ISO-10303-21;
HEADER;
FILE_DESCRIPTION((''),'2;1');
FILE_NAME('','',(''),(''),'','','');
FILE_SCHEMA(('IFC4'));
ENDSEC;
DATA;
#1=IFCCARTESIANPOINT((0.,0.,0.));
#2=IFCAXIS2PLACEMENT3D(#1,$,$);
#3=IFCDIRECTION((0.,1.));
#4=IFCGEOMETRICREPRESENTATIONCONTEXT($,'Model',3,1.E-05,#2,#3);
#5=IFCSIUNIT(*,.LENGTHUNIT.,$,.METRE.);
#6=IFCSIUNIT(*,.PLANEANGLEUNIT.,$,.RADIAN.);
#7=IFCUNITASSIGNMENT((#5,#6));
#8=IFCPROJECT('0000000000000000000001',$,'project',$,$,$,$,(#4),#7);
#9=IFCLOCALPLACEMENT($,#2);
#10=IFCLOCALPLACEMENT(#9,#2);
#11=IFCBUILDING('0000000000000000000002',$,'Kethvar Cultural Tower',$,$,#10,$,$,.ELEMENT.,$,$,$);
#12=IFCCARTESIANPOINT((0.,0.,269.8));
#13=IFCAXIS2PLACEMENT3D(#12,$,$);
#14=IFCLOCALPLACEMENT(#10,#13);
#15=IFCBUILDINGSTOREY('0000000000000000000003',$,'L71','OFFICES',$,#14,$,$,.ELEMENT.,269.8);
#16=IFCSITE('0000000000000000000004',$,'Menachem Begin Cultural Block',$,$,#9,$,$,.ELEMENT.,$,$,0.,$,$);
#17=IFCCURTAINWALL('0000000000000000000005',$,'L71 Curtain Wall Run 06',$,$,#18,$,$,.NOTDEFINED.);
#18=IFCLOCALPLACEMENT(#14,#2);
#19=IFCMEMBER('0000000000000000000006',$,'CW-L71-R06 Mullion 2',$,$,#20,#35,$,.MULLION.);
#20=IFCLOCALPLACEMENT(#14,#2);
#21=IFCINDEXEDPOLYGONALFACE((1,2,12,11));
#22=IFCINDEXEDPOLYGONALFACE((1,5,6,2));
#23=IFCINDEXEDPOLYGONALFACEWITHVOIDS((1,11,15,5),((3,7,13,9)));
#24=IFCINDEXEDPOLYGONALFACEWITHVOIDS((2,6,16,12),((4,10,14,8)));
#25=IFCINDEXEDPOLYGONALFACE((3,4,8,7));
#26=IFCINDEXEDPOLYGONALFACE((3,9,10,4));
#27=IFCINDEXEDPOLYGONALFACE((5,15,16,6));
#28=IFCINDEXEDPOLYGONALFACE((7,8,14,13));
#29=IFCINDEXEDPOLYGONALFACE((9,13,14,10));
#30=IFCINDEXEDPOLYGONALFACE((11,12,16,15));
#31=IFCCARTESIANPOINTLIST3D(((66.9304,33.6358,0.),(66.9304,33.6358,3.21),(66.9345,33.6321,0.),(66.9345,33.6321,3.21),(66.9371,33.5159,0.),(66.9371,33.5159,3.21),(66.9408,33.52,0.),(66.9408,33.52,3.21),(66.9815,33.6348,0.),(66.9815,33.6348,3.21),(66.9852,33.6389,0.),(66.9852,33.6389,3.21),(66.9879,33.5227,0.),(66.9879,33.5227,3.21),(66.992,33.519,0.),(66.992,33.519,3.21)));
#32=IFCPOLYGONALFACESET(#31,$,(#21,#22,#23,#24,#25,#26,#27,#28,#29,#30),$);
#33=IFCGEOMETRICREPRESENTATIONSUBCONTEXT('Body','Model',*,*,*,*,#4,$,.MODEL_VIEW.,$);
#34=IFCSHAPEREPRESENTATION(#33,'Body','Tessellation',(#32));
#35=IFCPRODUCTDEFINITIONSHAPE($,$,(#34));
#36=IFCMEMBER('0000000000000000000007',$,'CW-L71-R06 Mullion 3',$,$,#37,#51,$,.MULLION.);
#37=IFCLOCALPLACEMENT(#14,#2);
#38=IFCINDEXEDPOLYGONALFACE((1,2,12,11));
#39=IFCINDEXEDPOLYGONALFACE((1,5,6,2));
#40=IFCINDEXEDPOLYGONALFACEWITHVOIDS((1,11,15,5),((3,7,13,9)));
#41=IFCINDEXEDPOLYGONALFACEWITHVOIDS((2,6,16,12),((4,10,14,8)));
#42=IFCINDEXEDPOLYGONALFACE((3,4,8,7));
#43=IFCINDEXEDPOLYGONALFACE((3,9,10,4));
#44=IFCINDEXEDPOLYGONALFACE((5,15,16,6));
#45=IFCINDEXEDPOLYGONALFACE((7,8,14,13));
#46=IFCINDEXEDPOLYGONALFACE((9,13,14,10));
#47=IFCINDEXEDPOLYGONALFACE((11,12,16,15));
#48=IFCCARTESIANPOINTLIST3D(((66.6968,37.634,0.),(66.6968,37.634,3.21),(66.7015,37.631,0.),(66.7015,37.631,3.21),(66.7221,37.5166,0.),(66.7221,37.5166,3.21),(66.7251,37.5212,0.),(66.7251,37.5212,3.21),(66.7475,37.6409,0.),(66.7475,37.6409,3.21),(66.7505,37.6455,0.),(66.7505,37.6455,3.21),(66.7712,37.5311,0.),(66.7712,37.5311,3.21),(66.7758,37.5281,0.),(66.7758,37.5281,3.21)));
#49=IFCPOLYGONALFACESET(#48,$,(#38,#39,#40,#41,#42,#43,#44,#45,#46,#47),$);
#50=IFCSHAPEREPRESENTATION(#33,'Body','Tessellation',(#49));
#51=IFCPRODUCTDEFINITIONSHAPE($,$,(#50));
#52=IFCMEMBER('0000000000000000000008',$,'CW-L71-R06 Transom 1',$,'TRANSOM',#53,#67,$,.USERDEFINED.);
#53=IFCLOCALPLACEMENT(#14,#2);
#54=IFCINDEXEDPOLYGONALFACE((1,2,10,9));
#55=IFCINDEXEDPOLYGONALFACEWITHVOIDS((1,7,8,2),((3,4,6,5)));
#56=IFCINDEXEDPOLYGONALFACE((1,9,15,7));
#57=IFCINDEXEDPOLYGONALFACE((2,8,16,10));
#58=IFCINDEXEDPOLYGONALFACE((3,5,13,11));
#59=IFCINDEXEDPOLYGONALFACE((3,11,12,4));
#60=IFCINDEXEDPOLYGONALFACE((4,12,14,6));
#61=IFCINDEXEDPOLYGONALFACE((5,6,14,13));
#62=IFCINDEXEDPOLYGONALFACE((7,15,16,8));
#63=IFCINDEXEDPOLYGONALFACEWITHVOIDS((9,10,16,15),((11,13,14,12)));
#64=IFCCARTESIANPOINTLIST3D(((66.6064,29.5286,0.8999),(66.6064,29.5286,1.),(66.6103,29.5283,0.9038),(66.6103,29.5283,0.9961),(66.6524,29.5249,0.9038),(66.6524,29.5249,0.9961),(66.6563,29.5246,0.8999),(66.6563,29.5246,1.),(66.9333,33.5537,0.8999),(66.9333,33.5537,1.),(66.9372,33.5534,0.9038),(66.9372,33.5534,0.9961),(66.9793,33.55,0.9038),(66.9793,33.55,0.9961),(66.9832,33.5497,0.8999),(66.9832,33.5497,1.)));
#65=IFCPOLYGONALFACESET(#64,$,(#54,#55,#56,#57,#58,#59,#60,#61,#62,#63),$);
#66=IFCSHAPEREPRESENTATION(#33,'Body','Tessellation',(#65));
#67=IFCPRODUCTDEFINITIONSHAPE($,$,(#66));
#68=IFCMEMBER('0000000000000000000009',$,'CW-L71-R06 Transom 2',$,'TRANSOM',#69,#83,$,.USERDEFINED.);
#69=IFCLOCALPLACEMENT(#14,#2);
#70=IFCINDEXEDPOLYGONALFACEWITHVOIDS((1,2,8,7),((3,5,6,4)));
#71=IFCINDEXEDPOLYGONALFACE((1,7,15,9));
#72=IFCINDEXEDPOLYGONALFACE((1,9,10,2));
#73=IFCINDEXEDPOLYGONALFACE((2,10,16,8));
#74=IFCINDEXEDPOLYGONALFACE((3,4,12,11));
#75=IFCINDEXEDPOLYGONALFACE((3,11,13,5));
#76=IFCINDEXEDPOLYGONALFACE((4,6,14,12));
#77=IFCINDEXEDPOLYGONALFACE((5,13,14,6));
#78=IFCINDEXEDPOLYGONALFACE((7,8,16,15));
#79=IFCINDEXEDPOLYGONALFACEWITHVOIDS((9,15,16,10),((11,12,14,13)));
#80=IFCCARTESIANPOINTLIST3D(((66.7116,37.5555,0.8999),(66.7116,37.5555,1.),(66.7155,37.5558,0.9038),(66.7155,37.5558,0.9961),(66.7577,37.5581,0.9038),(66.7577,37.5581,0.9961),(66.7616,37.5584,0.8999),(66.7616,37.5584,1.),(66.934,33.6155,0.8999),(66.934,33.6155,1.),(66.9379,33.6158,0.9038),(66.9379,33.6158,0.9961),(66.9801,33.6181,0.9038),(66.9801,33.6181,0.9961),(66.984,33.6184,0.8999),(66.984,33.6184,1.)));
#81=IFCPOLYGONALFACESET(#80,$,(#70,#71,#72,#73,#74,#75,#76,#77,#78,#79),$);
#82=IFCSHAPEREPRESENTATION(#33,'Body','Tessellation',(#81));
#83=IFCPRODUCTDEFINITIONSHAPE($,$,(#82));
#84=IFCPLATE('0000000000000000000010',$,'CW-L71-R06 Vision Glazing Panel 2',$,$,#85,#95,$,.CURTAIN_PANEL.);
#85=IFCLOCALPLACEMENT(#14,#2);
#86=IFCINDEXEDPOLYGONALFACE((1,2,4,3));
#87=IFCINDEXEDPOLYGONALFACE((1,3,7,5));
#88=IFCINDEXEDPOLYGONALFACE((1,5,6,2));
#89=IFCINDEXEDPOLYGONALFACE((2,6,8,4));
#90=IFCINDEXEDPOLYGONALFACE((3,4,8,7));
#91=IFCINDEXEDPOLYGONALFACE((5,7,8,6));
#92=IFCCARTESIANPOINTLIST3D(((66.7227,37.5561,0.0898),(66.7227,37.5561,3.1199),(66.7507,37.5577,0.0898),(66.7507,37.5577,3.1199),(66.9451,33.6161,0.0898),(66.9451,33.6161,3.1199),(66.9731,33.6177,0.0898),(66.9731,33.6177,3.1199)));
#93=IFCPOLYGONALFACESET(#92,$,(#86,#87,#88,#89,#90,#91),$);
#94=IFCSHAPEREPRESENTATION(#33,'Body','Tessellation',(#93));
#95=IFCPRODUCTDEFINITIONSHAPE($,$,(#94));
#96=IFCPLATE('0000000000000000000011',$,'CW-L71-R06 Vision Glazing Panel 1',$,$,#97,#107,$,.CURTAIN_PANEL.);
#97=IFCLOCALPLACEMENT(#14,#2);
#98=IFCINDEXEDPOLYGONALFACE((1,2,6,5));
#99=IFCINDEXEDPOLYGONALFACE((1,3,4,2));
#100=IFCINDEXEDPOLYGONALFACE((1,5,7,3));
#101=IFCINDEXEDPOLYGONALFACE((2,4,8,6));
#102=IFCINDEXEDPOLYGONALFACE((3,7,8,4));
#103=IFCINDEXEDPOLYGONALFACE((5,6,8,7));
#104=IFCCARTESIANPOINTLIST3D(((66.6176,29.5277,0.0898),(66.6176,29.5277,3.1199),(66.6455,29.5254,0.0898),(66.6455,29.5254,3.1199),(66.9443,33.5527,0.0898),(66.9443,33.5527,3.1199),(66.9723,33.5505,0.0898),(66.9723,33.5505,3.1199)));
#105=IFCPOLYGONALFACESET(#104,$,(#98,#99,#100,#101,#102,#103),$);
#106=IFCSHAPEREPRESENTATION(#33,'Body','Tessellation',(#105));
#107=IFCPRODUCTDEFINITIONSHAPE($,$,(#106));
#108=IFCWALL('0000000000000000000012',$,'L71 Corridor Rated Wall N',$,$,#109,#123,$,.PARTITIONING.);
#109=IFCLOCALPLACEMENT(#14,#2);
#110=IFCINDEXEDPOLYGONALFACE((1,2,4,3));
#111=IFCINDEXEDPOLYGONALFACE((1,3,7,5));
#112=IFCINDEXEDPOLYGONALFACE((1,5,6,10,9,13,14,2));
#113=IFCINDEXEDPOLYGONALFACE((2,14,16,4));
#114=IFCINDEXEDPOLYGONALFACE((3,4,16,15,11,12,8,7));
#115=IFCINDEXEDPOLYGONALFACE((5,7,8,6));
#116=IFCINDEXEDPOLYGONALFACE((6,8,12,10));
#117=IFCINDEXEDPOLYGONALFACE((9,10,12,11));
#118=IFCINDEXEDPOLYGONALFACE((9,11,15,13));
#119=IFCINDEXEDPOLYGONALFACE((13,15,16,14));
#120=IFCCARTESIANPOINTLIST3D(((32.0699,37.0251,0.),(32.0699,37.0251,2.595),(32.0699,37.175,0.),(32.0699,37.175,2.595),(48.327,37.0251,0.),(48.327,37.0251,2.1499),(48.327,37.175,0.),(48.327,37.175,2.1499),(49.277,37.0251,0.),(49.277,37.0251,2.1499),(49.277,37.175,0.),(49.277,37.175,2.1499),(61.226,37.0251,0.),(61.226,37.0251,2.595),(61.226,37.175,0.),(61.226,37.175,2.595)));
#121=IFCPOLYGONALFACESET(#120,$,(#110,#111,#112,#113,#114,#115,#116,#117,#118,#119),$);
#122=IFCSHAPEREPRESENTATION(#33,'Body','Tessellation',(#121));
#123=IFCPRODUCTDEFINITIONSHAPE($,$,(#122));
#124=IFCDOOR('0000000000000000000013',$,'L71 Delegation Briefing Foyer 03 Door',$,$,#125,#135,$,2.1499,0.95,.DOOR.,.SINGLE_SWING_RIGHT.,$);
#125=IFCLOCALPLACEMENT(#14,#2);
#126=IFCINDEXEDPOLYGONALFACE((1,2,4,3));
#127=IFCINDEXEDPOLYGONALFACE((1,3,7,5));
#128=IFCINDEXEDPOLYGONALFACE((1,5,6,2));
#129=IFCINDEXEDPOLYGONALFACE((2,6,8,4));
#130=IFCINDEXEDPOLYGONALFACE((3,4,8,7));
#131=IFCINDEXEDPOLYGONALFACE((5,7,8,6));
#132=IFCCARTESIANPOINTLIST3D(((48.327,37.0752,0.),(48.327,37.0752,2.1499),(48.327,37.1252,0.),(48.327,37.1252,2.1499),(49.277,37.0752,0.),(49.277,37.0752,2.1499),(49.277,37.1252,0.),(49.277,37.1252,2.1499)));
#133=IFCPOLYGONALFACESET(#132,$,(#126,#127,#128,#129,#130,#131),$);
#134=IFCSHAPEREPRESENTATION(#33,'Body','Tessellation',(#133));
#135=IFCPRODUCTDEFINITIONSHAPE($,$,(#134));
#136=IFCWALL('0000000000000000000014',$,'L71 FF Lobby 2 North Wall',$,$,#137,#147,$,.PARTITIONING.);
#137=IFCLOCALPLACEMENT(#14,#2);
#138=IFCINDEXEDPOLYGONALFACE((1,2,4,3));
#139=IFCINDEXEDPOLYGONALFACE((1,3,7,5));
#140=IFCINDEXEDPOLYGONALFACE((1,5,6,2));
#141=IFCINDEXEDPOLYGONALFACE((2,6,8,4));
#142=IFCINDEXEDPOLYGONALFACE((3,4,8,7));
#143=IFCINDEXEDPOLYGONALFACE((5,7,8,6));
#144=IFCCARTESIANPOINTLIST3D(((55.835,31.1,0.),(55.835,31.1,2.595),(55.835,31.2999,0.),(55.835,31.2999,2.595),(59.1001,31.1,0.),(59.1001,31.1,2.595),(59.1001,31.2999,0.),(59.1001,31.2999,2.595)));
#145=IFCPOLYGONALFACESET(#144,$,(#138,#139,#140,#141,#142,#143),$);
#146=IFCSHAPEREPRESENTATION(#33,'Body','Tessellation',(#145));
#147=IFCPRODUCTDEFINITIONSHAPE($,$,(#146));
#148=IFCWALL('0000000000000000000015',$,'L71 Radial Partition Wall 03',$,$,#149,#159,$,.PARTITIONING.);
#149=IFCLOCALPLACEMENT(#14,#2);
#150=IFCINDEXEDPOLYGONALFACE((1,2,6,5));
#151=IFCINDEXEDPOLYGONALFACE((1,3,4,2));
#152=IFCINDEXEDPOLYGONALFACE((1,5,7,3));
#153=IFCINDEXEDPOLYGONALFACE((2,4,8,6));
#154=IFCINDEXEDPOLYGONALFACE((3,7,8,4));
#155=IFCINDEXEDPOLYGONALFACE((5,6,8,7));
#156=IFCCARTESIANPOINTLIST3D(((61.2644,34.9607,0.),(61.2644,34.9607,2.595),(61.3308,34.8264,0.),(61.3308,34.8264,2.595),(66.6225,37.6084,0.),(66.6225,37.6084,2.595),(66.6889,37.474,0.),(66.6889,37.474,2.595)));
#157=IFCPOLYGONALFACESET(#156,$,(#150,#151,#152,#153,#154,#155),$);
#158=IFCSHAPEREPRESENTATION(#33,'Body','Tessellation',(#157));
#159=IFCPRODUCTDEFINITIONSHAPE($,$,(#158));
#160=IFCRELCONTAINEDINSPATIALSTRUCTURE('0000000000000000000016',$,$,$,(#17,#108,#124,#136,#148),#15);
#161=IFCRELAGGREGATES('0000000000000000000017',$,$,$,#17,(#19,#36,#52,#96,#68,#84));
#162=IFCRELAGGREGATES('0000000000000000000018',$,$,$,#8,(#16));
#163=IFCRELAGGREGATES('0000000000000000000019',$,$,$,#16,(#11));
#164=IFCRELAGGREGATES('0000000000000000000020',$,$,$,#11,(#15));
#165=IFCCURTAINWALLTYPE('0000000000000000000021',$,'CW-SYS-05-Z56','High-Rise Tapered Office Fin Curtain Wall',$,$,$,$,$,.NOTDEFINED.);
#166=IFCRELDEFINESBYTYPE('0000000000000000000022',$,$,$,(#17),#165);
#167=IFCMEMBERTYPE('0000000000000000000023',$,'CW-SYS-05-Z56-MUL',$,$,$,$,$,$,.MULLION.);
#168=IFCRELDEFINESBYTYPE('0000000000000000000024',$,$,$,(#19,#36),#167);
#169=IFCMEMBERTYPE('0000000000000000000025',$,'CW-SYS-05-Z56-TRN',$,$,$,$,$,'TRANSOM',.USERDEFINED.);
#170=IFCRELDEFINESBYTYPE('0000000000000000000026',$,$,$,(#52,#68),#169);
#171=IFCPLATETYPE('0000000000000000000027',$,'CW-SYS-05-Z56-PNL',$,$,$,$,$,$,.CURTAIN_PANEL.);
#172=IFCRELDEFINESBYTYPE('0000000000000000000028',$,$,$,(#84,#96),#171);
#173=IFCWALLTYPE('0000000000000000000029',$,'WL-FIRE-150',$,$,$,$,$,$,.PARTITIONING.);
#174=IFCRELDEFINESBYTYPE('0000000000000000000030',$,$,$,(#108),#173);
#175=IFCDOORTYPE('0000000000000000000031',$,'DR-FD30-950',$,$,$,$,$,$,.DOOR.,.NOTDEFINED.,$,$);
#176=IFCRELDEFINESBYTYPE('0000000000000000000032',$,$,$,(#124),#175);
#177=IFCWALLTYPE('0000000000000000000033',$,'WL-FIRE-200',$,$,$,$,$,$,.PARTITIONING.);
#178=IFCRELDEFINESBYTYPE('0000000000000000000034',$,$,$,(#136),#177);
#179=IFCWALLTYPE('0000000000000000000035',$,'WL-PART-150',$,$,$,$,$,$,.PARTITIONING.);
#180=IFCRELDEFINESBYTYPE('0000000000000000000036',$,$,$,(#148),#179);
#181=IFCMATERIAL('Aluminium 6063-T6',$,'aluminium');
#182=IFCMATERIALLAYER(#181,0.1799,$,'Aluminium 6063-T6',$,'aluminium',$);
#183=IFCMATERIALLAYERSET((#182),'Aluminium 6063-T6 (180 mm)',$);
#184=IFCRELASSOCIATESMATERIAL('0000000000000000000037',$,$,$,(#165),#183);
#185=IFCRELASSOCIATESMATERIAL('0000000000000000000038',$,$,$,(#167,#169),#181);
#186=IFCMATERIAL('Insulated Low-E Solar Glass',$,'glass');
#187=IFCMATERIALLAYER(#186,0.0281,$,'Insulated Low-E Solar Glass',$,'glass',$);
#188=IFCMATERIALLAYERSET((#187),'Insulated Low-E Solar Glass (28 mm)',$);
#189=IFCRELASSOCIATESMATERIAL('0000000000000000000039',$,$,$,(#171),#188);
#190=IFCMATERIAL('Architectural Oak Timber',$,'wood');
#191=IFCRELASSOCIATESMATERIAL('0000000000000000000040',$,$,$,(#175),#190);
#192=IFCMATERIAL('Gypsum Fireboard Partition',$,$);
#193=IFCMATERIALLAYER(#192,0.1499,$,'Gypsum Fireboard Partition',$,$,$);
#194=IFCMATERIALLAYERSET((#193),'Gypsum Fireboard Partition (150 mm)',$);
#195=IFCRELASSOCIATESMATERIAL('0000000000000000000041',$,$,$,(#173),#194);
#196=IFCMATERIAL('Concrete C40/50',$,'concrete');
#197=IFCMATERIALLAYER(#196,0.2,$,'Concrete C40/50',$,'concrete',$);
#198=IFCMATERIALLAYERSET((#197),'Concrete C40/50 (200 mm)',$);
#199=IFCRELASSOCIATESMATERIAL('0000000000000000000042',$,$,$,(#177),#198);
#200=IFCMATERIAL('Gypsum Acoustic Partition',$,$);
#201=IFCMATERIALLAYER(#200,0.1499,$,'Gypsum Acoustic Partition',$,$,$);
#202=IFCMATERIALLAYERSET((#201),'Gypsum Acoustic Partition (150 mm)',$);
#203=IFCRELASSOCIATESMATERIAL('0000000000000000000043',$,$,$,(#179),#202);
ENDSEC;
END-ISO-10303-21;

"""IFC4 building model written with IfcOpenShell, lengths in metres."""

from ifc_helpers import new_model, si_unit, direction, frame, frame_2d, origin, origin_2d, place, context, subcontext, project, spatial, rectangle, hollow_rectangle, extrude, source, transform, mapped, material, layer, layer_set, material_profile, profile_set, type_object, element, fill, aggregate, save


model = new_model("IFC4")

# Units and contexts
model_context = context("Model", 3, precision=1e-05, world=origin(), true_north=direction((0.0, 1.0)))
body_context = subcontext(model_context, "Body", "Model", "MODEL_VIEW")
ifc_project = project(units=[si_unit("LENGTHUNIT", "METRE"), si_unit("PLANEANGLEUNIT", "RADIAN")], contexts=[model_context])

# Site, building, storey
site_placement = place(None, origin())
site = spatial("IfcSite", under=ifc_project, at=site_placement, Name="Menachem Begin Cultural Block", CompositionType="ELEMENT", RefElevation=0.0)
building_placement = place(site_placement, origin())
building = spatial("IfcBuilding", under=site, at=building_placement, Name="Kethvar Cultural Tower", CompositionType="ELEMENT")
storey_placement = place(building_placement, frame((0.0, 0.0, 269.8)))
storey = spatial("IfcBuildingStorey", under=building, at=storey_placement, Name="L71", Description="OFFICES", CompositionType="ELEMENT", Elevation=269.8)

# Shared definitions
ifc_material_1 = material(Name="Aluminium 6063-T6", Category="aluminium")
ifc_layer_1 = layer(ifc_material_1, 0.1799, Name="Aluminium 6063-T6", Category="aluminium")
ifc_layer_set_1 = layer_set([ifc_layer_1], Name="Aluminium 6063-T6 (180 mm)")
curtain_wall_type = type_object("IfcCurtainWallType", Name="CW-SYS-05-Z56", Description="High-Rise Tapered Office Fin Curtain Wall", PredefinedType="NOTDEFINED", material=ifc_layer_set_1)
ifc_material_profile_1 = material_profile(ifc_material_1, hollow_rectangle(XDim=0.0549, YDim=0.1201, WallThickness=0.0039, at=origin_2d()), Name="Aluminium 6063-T6 — RHS120x55x4")
ifc_profile_set_1 = profile_set([ifc_material_profile_1], Name="Aluminium 6063-T6 — RHS120x55x4")
member_type_1 = type_object("IfcMemberType", Name="CW-SYS-05-Z56-MUL", PredefinedType="MULLION", material=ifc_profile_set_1)
shared_shape_1 = source(origin(), body_context, "Body", "SweptSolid", [
    extrude(hollow_rectangle(XDim=0.0549, YDim=0.1201, WallThickness=0.0039, at=origin_2d()), origin(), (0.0, 0.0, 1.0), 3.21),
])

# Curtain wall, members, plates
curtain_wall_1_placement = place(storey_placement, origin())
curtain_wall_1 = element("IfcCurtainWall", 1, at=curtain_wall_1_placement, inside=storey, type_object=curtain_wall_type, Name="L71 Curtain Wall Run 06", PredefinedType="NOTDEFINED")
member_1_placement = place(storey_placement, frame((66.9612, 33.5774, 0.0), z_axis=(0.0, 0.0, 1.0), x_axis=(-0.99841, -0.056362, 0.0)))
member_1 = element("IfcMember", 2, at=member_1_placement, type_object=member_type_1, Name="CW-L71-R06 Mullion 2", PredefinedType="MULLION", context=body_context, shape_type="MappedRepresentation", body=[
    mapped(shared_shape_1, transform((0.0, 0.0, 0.0), scale=1.0)),
])
member_2_placement = place(storey_placement, frame((66.7363, 37.5811, 0.0), z_axis=(0.0, 0.0, 1.0), x_axis=(-0.977611, -0.210421, 0.0)))
member_2 = element("IfcMember", 3, at=member_2_placement, type_object=member_type_1, Name="CW-L71-R06 Mullion 3", PredefinedType="MULLION", context=body_context, shape_type="MappedRepresentation", body=[
    mapped(shared_shape_1, transform((0.0, 0.0, 0.0), scale=1.0)),
])
ifc_material_profile_2 = material_profile(ifc_material_1, hollow_rectangle(XDim=0.05, YDim=0.1001, WallThickness=0.0039, at=origin_2d()), Name="Aluminium 6063-T6 — RHS100x50x4")
ifc_profile_set_2 = profile_set([ifc_material_profile_2], Name="Aluminium 6063-T6 — RHS100x50x4")
member_type_2 = type_object("IfcMemberType", Name="CW-SYS-05-Z56-TRN", ElementType="TRANSOM", PredefinedType="USERDEFINED", material=ifc_profile_set_2)
shared_shape_2 = source(origin(), body_context, "Body", "SweptSolid", [
    extrude(hollow_rectangle(XDim=0.05, YDim=0.1001, WallThickness=0.0039, at=origin_2d()), origin(), (0.0, 0.0, 1.0), 4.0383),
])
member_3_placement = place(storey_placement, frame((66.6313, 29.5266, 0.95), z_axis=(0.080949, 0.996718, 0.0), x_axis=(-0.996718, 0.080949, 0.0)))
member_3 = element("IfcMember", 4, at=member_3_placement, type_object=member_type_2, Name="CW-L71-R06 Transom 1", ObjectType="TRANSOM", PredefinedType="USERDEFINED", context=body_context, shape_type="MappedRepresentation", body=[
    mapped(shared_shape_2, transform((0.0, 0.0, 0.0), scale=1.0)),
])
shared_shape_3 = source(origin(), body_context, "Body", "SweptSolid", [
    extrude(hollow_rectangle(XDim=0.05, YDim=0.1001, WallThickness=0.0039, at=origin_2d()), origin(), (0.0, 0.0, 1.0), 3.9463),
])
member_4_placement = place(storey_placement, frame((66.959, 33.6169, 0.95), z_axis=(-0.056361, 0.99841, 0.0), x_axis=(-0.99841, -0.056361, 0.0)))
member_4 = element("IfcMember", 5, at=member_4_placement, type_object=member_type_2, Name="CW-L71-R06 Transom 2", ObjectType="TRANSOM", PredefinedType="USERDEFINED", context=body_context, shape_type="MappedRepresentation", body=[
    mapped(shared_shape_3, transform((0.0, 0.0, 0.0), scale=1.0)),
])
ifc_material_2 = material(Name="Insulated Low-E Solar Glass", Category="glass")
ifc_layer_2 = layer(ifc_material_2, 0.0281, Name="Insulated Low-E Solar Glass", Category="glass")
ifc_layer_set_2 = layer_set([ifc_layer_2], Name="Insulated Low-E Solar Glass (28 mm)")
plate_type = type_object("IfcPlateType", Name="CW-SYS-05-Z56-PNL", PredefinedType="CURTAIN_PANEL", material=ifc_layer_set_2)
shared_shape_4 = source(origin(), body_context, "Body", "SweptSolid", [
    extrude(rectangle(XDim=3.9463, YDim=0.0281, at=origin_2d()), origin(), (0.0, 0.0, 1.0), 3.03),
])
plate_1_placement = place(storey_placement, frame((66.8479, 35.5869, 0.0898), z_axis=(0.0, 0.0, 1.0), x_axis=(-0.056362, 0.99841, 0.0)))
plate_1 = element("IfcPlate", 6, at=plate_1_placement, type_object=plate_type, Name="CW-L71-R06 Vision Glazing Panel 2", PredefinedType="CURTAIN_PANEL", context=body_context, shape_type="MappedRepresentation", body=[
    mapped(shared_shape_4, transform((0.0, 0.0, 0.0), scale=1.0)),
])
shared_shape_5 = source(origin(), body_context, "Body", "SweptSolid", [
    extrude(rectangle(XDim=4.0383, YDim=0.0281, at=origin_2d()), origin(), (0.0, 0.0, 1.0), 3.03),
])
plate_2_placement = place(storey_placement, frame((66.7949, 31.5391, 0.0898), z_axis=(0.0, 0.0, 1.0), x_axis=(0.080912, 0.996721, 0.0)))
plate_2 = element("IfcPlate", 7, at=plate_2_placement, type_object=plate_type, Name="CW-L71-R06 Vision Glazing Panel 1", PredefinedType="CURTAIN_PANEL", context=body_context, shape_type="MappedRepresentation", body=[
    mapped(shared_shape_5, transform((0.0, 0.0, 0.0), scale=1.0)),
])
aggregate(curtain_wall_1, [member_1, member_2, member_3, plate_2, member_4, plate_1])

# Shared definitions
ifc_material_3 = material(Name="Architectural Oak Timber", Category="wood")
door_type_1 = type_object("IfcDoorType", Name="DR-FD30-950", OperationType="NOTDEFINED", PredefinedType="DOOR", material=ifc_material_3)
shared_shape_6 = source(origin(), body_context, "Body", "SweptSolid", [
    extrude(rectangle(XDim=0.95, YDim=2.1499, at=frame_2d((0.4751, 1.075))), frame((0.0, 0.0249, 0.0), z_axis=(0.0, -1.0, 0.0), x_axis=(1.0, 0.0, 0.0)), (0.0, 0.0, 1.0), 0.05),
])

# Wall, opening, door
ifc_material_4 = material(Name="Gypsum Fireboard Partition")
ifc_layer_3 = layer(ifc_material_4, 0.1499, Name="Gypsum Fireboard Partition")
ifc_layer_set_3 = layer_set([ifc_layer_3], Name="Gypsum Fireboard Partition (150 mm)")
wall_type_1 = type_object("IfcWallType", Name="WL-FIRE-150", PredefinedType="PARTITIONING", material=ifc_layer_set_3)
wall_1_placement = place(storey_placement, frame((61.2261, 37.1001, 0.0), z_axis=(0.0, 0.0, 1.0), x_axis=(-1.0, 0.0, 0.0)))
wall_1 = element("IfcWall", 8, at=wall_1_placement, inside=storey, type_object=wall_type_1, Name="L71 Corridor Rated Wall N", PredefinedType="PARTITIONING", context=body_context, shape_type="SweptSolid", body=[
    extrude(rectangle(XDim=29.156, YDim=0.1499, at=frame_2d((14.5781, 0.0))), origin(), (0.0, 0.0, 1.0), 2.595),
])
opening_1_placement = place(wall_1_placement, frame((11.949, 0.0, 0.0)))
opening_1 = element("IfcOpeningElement", 9, at=opening_1_placement, cuts=wall_1, PredefinedType="OPENING", context=body_context, shape_type="SweptSolid", body=[
    extrude(rectangle(XDim=0.95, YDim=2.1499, at=frame_2d((0.4751, 1.075))), frame((0.0, 0.085, 0.0), z_axis=(0.0, -1.0, 0.0), x_axis=(1.0, 0.0, 0.0)), (0.0, 0.0, 1.0), 0.1699),
])
door_1_placement = place(opening_1_placement, origin())
door_1 = element("IfcDoor", 10, at=door_1_placement, inside=storey, type_object=door_type_1, Name="L71 Delegation Briefing Foyer 03 Door", OperationType="SINGLE_SWING_RIGHT", OverallHeight=2.1499, OverallWidth=0.95, PredefinedType="DOOR", context=body_context, shape_type="MappedRepresentation", body=[
    mapped(shared_shape_6, transform((0.0, 0.0, 0.0), scale=1.0)),
])
fill(opening_1, door_1)

# Walls
ifc_material_5 = material(Name="Concrete C40/50", Category="concrete")
ifc_layer_4 = layer(ifc_material_5, 0.2, Name="Concrete C40/50", Category="concrete")
ifc_layer_set_4 = layer_set([ifc_layer_4], Name="Concrete C40/50 (200 mm)")
wall_type_2 = type_object("IfcWallType", Name="WL-FIRE-200", PredefinedType="PARTITIONING", material=ifc_layer_set_4)
wall_2_placement = place(storey_placement, frame((55.835, 31.2, 0.0), z_axis=(0.0, 0.0, 1.0), x_axis=(1.0, 0.0, 0.0)))
element("IfcWall", 11, at=wall_2_placement, inside=storey, type_object=wall_type_2, Name="L71 FF Lobby 2 North Wall", PredefinedType="PARTITIONING", context=body_context, shape_type="SweptSolid", body=[
    extrude(rectangle(XDim=3.2651, YDim=0.2, at=frame_2d((1.6326, 0.0))), origin(), (0.0, 0.0, 1.0), 2.595),
])
ifc_material_6 = material(Name="Gypsum Acoustic Partition")
ifc_layer_5 = layer(ifc_material_6, 0.1499, Name="Gypsum Acoustic Partition")
ifc_layer_set_5 = layer_set([ifc_layer_5], Name="Gypsum Acoustic Partition (150 mm)")
wall_type_3 = type_object("IfcWallType", Name="WL-PART-150", PredefinedType="PARTITIONING", material=ifc_layer_set_5)
wall_3_placement = place(storey_placement, frame((61.2976, 34.8936, 0.0), z_axis=(0.0, 0.0, 1.0), x_axis=(0.896517, 0.443009, 0.0)))
element("IfcWall", 12, at=wall_3_placement, inside=storey, type_object=wall_type_3, Name="L71 Radial Partition Wall 03", PredefinedType="PARTITIONING", context=body_context, shape_type="SweptSolid", body=[
    extrude(rectangle(XDim=5.9766, YDim=0.1499, at=frame_2d((2.9883, 0.0))), origin(), (0.0, 0.0, 1.0), 2.595),
])

save(model, "model.ifc")
